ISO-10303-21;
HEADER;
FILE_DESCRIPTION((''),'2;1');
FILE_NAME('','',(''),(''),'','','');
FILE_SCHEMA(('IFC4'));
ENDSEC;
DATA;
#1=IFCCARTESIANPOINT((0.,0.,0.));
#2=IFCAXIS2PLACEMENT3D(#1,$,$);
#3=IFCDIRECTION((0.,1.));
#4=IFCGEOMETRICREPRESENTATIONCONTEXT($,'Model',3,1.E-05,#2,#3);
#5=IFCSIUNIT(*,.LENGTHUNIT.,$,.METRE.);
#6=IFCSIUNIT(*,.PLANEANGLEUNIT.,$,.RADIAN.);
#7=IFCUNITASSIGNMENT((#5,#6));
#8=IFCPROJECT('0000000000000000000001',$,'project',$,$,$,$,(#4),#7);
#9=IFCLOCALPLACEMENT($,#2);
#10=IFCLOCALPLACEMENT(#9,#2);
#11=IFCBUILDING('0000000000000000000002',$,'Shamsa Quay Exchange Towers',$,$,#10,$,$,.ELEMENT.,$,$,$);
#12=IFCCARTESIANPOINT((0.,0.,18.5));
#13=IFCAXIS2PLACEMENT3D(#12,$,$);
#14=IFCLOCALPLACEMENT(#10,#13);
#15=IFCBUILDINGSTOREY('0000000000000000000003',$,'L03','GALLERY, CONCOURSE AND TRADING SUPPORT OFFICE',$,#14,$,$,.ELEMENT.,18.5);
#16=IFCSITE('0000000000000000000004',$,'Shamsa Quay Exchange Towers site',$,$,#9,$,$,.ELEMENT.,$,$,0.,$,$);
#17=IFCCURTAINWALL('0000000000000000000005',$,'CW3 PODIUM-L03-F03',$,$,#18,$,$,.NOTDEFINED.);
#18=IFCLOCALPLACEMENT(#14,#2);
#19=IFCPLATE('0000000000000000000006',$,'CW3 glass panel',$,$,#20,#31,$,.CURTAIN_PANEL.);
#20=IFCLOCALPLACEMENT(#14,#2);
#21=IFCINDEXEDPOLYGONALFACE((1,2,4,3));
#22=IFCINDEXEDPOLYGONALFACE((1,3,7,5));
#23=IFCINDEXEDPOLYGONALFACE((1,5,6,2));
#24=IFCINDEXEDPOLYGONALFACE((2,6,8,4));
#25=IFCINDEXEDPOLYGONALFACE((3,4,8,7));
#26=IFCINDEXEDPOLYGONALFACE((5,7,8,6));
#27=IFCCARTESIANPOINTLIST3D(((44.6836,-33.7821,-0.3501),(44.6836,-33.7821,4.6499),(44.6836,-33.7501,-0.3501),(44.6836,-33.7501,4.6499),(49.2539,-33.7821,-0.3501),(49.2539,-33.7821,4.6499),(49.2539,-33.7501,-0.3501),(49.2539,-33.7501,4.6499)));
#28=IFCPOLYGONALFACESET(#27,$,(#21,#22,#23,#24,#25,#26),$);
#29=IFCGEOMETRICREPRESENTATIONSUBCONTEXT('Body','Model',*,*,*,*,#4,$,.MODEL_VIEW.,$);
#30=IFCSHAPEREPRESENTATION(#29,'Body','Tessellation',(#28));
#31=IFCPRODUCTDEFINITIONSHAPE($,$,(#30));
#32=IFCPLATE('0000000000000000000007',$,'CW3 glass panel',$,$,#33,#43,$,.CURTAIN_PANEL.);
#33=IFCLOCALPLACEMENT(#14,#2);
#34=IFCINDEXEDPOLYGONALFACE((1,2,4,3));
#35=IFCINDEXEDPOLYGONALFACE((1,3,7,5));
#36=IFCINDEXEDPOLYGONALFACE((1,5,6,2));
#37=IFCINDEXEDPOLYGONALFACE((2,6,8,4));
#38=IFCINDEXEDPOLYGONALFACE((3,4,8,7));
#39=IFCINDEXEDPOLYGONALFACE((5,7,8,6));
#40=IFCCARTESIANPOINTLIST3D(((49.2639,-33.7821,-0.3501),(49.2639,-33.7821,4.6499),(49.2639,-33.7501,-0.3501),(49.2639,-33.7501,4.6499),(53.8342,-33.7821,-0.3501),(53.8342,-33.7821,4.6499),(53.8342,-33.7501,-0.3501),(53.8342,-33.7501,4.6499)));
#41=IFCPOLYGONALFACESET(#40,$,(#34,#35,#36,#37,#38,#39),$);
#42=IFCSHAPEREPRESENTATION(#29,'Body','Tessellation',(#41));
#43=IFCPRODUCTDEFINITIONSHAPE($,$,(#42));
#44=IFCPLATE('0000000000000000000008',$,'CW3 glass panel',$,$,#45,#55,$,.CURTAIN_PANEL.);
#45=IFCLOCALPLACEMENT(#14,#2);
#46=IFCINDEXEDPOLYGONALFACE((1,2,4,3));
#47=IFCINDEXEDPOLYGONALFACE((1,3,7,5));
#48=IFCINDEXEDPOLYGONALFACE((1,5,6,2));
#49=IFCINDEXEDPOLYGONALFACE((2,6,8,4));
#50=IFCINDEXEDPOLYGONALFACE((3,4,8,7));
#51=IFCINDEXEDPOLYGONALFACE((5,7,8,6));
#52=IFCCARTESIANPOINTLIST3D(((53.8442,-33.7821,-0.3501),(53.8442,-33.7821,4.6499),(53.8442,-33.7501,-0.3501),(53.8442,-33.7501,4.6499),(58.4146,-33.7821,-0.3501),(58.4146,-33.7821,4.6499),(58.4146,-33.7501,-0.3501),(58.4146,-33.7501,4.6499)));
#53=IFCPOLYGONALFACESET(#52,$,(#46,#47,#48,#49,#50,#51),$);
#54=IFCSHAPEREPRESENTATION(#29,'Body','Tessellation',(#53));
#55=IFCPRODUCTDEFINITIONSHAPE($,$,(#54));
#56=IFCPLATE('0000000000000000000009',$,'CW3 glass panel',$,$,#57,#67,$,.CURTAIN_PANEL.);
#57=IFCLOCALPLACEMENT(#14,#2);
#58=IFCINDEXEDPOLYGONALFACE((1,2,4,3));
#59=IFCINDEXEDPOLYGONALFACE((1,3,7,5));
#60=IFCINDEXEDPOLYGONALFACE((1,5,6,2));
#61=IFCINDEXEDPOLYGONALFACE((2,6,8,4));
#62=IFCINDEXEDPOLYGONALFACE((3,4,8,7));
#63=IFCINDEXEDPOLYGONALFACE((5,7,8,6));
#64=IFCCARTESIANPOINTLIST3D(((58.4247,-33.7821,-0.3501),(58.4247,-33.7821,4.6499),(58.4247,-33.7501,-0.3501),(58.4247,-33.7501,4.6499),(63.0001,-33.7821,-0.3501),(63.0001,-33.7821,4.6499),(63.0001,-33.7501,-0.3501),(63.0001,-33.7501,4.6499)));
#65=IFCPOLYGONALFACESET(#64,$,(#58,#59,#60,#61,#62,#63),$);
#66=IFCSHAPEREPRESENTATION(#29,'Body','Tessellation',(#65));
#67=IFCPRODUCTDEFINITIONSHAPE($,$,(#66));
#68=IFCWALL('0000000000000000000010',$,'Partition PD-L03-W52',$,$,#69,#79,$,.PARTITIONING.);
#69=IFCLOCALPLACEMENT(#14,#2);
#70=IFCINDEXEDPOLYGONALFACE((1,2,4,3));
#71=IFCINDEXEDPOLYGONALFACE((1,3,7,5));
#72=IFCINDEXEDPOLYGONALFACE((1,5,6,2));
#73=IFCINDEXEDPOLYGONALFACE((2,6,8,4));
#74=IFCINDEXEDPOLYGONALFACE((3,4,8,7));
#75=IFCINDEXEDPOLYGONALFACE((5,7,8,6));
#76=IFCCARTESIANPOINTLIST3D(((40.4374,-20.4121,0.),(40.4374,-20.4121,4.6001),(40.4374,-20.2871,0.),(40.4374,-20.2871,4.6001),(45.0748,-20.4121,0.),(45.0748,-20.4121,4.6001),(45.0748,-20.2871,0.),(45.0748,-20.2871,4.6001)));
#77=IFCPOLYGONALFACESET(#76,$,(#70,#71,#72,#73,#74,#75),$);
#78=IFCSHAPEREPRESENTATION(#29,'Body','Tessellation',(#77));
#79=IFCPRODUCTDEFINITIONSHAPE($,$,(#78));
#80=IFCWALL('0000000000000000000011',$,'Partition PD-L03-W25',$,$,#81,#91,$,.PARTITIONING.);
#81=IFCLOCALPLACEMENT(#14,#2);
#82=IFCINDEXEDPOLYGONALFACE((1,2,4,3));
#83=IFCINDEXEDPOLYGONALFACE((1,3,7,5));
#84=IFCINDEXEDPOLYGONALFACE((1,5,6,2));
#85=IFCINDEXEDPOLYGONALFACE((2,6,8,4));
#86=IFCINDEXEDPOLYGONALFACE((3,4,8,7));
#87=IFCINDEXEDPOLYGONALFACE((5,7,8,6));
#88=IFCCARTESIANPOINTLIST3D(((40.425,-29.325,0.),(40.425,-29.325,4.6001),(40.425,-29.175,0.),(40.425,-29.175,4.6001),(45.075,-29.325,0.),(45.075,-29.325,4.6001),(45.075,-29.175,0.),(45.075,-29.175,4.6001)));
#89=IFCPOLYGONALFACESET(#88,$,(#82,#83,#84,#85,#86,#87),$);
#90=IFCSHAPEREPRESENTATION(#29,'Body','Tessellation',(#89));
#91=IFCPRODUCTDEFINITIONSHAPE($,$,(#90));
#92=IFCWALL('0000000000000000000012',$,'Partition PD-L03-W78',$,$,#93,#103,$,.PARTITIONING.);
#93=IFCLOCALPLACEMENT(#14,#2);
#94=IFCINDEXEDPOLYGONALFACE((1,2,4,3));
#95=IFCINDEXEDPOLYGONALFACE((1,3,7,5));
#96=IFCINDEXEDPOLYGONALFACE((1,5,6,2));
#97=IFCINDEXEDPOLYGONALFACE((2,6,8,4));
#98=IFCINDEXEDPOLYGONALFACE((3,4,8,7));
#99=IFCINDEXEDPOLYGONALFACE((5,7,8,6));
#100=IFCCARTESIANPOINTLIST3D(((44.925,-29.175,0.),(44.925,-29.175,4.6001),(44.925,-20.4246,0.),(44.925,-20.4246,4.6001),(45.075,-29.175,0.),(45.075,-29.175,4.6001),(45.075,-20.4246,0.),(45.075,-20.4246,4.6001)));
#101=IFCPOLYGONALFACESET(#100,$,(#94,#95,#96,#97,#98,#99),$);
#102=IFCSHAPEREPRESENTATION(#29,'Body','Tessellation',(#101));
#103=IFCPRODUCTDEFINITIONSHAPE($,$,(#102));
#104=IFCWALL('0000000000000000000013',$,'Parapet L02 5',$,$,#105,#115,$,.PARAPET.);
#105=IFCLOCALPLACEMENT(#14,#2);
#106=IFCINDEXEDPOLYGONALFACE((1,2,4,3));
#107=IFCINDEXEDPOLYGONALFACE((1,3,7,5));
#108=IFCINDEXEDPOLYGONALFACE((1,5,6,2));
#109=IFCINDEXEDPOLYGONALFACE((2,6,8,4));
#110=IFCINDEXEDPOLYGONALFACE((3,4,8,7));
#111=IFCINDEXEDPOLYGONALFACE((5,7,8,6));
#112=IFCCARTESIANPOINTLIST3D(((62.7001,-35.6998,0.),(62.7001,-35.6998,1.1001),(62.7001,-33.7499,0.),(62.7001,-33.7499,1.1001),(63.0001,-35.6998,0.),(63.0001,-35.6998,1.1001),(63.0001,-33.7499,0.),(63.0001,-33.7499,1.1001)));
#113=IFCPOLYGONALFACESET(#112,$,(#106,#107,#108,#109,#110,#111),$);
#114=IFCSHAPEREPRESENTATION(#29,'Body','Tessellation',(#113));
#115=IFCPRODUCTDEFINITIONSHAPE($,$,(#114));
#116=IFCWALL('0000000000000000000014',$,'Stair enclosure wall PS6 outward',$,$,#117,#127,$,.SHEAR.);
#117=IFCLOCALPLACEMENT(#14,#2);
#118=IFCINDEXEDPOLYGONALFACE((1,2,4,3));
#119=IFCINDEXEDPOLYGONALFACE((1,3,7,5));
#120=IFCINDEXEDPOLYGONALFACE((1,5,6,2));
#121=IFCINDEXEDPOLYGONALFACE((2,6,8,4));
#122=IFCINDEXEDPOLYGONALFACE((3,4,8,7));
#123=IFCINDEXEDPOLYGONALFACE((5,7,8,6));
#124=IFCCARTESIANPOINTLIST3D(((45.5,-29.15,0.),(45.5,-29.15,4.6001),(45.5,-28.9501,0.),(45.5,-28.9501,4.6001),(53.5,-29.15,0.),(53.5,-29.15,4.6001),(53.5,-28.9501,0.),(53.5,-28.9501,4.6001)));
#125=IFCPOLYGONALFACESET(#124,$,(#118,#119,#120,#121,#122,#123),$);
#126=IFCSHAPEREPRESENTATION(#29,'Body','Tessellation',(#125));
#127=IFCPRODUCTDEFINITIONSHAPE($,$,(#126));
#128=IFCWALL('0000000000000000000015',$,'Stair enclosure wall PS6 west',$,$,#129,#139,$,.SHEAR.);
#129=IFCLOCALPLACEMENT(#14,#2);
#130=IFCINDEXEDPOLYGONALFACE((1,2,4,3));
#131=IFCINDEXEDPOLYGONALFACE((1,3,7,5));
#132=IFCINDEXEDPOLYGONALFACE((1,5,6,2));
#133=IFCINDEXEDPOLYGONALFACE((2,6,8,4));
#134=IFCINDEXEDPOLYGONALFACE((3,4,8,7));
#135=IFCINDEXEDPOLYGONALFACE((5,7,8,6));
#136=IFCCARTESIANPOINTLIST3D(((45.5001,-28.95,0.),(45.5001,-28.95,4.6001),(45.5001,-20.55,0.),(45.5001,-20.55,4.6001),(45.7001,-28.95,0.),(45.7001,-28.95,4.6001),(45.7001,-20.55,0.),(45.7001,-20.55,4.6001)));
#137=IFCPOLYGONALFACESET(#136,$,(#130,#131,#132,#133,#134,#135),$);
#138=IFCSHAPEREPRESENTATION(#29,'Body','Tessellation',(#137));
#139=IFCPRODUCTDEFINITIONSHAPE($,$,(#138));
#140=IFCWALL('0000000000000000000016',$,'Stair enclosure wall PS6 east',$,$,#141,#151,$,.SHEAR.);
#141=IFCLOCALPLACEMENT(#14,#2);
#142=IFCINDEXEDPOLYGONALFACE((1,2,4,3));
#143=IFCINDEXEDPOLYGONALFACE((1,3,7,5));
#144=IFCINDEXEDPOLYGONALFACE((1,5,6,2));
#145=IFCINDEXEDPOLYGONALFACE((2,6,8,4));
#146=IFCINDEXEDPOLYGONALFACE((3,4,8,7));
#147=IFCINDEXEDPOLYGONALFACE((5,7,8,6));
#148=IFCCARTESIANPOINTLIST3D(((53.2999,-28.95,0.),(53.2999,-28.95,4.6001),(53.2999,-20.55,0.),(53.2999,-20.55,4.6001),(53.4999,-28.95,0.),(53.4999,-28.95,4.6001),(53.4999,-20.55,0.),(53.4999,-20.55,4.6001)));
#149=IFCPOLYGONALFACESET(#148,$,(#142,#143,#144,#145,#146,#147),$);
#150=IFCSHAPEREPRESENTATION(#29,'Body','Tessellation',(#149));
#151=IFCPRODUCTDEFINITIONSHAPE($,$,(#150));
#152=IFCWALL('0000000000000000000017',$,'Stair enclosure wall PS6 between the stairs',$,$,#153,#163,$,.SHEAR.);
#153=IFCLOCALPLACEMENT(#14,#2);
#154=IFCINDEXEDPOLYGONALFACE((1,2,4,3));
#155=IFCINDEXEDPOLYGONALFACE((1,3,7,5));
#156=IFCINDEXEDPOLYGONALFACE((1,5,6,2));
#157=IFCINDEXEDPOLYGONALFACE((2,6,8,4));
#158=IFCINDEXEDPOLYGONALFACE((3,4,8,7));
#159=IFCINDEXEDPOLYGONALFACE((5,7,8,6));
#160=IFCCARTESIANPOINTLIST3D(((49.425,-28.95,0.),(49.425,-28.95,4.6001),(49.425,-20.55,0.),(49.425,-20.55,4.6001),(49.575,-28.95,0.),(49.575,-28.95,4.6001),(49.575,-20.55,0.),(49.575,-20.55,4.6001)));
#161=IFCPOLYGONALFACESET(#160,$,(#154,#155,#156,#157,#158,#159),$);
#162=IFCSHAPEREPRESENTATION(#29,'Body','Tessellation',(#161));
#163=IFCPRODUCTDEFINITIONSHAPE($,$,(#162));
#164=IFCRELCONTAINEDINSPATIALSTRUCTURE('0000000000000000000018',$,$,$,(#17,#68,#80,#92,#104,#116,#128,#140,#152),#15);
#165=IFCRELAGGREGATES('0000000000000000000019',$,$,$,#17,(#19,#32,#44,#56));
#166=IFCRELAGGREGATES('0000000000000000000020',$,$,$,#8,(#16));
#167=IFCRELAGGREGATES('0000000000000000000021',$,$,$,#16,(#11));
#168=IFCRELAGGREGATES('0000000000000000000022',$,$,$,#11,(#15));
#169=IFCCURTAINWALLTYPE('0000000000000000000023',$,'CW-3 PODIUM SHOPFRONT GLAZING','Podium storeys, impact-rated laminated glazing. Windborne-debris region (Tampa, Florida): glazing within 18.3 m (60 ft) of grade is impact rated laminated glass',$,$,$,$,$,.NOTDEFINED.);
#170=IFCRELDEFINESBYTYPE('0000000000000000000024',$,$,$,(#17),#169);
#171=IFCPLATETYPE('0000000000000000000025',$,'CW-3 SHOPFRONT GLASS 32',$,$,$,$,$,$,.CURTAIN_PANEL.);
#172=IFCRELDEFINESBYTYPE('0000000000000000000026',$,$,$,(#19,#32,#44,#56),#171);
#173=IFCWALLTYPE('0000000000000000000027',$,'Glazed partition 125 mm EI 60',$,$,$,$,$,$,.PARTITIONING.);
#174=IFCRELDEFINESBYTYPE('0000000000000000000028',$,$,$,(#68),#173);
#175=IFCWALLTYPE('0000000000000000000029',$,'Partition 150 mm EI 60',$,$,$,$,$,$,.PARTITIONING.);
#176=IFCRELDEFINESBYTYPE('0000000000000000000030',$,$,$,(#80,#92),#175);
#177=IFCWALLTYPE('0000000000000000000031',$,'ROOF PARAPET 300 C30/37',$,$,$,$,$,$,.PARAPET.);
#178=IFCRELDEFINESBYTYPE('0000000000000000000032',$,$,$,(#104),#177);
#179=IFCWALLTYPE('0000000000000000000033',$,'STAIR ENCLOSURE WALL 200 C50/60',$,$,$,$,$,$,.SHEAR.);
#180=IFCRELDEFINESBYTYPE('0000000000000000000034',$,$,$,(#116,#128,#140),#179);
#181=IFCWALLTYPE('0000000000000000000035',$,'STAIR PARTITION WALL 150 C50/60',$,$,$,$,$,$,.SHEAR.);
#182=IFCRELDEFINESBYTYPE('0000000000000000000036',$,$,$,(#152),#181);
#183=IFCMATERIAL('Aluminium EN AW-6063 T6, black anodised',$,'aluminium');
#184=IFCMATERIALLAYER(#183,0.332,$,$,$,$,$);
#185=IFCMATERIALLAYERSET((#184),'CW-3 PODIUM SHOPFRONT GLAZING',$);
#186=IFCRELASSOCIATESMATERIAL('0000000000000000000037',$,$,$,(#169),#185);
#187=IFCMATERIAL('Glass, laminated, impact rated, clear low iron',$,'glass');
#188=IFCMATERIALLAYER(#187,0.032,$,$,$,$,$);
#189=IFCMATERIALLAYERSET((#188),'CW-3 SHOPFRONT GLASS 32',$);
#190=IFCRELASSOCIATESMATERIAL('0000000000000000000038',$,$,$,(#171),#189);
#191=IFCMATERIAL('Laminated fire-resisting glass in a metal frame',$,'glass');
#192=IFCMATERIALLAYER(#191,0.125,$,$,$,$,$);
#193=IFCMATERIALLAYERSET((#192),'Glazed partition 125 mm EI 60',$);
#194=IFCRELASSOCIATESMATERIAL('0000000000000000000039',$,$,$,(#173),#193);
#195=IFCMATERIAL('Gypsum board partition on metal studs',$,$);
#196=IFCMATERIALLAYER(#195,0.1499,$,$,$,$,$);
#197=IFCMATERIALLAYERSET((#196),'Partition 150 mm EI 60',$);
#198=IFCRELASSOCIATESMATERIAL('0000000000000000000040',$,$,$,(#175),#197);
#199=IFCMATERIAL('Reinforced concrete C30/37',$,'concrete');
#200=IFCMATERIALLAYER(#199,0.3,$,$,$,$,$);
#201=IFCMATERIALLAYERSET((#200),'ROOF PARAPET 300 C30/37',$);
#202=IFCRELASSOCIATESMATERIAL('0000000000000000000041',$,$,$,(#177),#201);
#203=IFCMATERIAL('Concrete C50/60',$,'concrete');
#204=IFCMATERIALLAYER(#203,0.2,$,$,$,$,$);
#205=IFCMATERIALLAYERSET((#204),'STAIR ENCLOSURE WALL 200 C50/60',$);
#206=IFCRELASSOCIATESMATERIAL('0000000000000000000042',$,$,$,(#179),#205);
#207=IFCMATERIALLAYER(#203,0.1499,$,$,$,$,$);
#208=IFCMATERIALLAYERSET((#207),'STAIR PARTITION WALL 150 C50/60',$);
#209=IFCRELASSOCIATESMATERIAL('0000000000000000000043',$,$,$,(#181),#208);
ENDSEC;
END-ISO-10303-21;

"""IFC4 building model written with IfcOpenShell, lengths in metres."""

from ifc_helpers import new_model, si_unit, direction, frame, frame_2d, origin, origin_2d, place, context, subcontext, project, spatial, rectangle, extrude, material, layer, layer_set, type_object, element, aggregate, save


model = new_model("IFC4")

# Units and contexts
model_context = context("Model", 3, precision=1e-05, world=origin(), true_north=direction((0.0, 1.0)))
body_context = subcontext(model_context, "Body", "Model", "MODEL_VIEW")
ifc_project = project(units=[si_unit("LENGTHUNIT", "METRE"), si_unit("PLANEANGLEUNIT", "RADIAN")], contexts=[model_context])

# Site, building, storey
site_placement = place(None, origin())
site = spatial("IfcSite", under=ifc_project, at=site_placement, Name="Shamsa Quay Exchange Towers site", CompositionType="ELEMENT", RefElevation=0.0)
building_placement = place(site_placement, origin())
building = spatial("IfcBuilding", under=site, at=building_placement, Name="Shamsa Quay Exchange Towers", CompositionType="ELEMENT")
storey_placement = place(building_placement, frame((0.0, 0.0, 18.5)))
storey = spatial("IfcBuildingStorey", under=building, at=storey_placement, Name="L03", Description="GALLERY, CONCOURSE AND TRADING SUPPORT OFFICE", CompositionType="ELEMENT", Elevation=18.5)

# Shared definitions
ifc_material_1 = material(Name="Aluminium EN AW-6063 T6, black anodised", Category="aluminium")
ifc_layer_1 = layer(ifc_material_1, 0.332)
ifc_layer_set_1 = layer_set([ifc_layer_1], Name="CW-3 PODIUM SHOPFRONT GLAZING")
curtain_wall_type = type_object("IfcCurtainWallType", Name="CW-3 PODIUM SHOPFRONT GLAZING", Description="Podium storeys, impact-rated laminated glazing. Windborne-debris region (Tampa, Florida): glazing within 18.3 m (60 ft) of grade is impact rated laminated glass", PredefinedType="NOTDEFINED", material=ifc_layer_set_1)

# Curtain wall
curtain_wall_1_placement = place(storey_placement, origin())
curtain_wall_1 = element("IfcCurtainWall", 1, at=curtain_wall_1_placement, inside=storey, type_object=curtain_wall_type, Name="CW3 PODIUM-L03-F03", PredefinedType="NOTDEFINED")

# Plates
ifc_material_2 = material(Name="Glass, laminated, impact rated, clear low iron", Category="glass")
ifc_layer_2 = layer(ifc_material_2, 0.032)
ifc_layer_set_2 = layer_set([ifc_layer_2], Name="CW-3 SHOPFRONT GLASS 32")
plate_type = type_object("IfcPlateType", Name="CW-3 SHOPFRONT GLASS 32", PredefinedType="CURTAIN_PANEL", material=ifc_layer_set_2)
plate_1_placement = place(storey_placement, frame((46.9688, -33.7661, -0.3501)))
plate_1 = element("IfcPlate", 2, at=plate_1_placement, type_object=plate_type, Name="CW3 glass panel", PredefinedType="CURTAIN_PANEL", context=body_context, shape_type="SweptSolid", body=[
    extrude(rectangle(XDim=4.5703, YDim=0.032, at=origin_2d()), origin(), (0.0, 0.0, 1.0), 5.0),
])
plate_2_placement = place(storey_placement, frame((51.5491, -33.7661, -0.3501)))
plate_2 = element("IfcPlate", 3, at=plate_2_placement, type_object=plate_type, Name="CW3 glass panel", PredefinedType="CURTAIN_PANEL", context=body_context, shape_type="SweptSolid", body=[
    extrude(rectangle(XDim=4.5703, YDim=0.032, at=origin_2d()), origin(), (0.0, 0.0, 1.0), 5.0),
])
plate_3_placement = place(storey_placement, frame((56.1294, -33.7661, -0.3501)))
plate_3 = element("IfcPlate", 4, at=plate_3_placement, type_object=plate_type, Name="CW3 glass panel", PredefinedType="CURTAIN_PANEL", context=body_context, shape_type="SweptSolid", body=[
    extrude(rectangle(XDim=4.5703, YDim=0.032, at=origin_2d()), origin(), (0.0, 0.0, 1.0), 5.0),
])
plate_4_placement = place(storey_placement, frame((60.7124, -33.7661, -0.3501)))
plate_4 = element("IfcPlate", 5, at=plate_4_placement, type_object=plate_type, Name="CW3 glass panel", PredefinedType="CURTAIN_PANEL", context=body_context, shape_type="SweptSolid", body=[
    extrude(rectangle(XDim=4.5754, YDim=0.032, at=origin_2d()), origin(), (0.0, 0.0, 1.0), 5.0),
])
aggregate(curtain_wall_1, [plate_1, plate_2, plate_3, plate_4])

# Walls
ifc_material_3 = material(Name="Laminated fire-resisting glass in a metal frame", Category="glass")
ifc_layer_3 = layer(ifc_material_3, 0.125)
ifc_layer_set_3 = layer_set([ifc_layer_3], Name="Glazed partition 125 mm EI 60")
wall_type_1 = type_object("IfcWallType", Name="Glazed partition 125 mm EI 60", PredefinedType="PARTITIONING", material=ifc_layer_set_3)
wall_1_placement = place(storey_placement, frame((45.075, -20.3496, 0.0), z_axis=(0.0, 0.0, 1.0), x_axis=(-1.0, 0.0, 0.0)))
element("IfcWall", 6, at=wall_1_placement, inside=storey, type_object=wall_type_1, Name="Partition PD-L03-W52", PredefinedType="PARTITIONING", context=body_context, shape_type="SweptSolid", body=[
    extrude(rectangle(XDim=4.6375, YDim=0.125, at=frame_2d((2.3188, 0.0))), origin(), (0.0, 0.0, 1.0), 4.6001),
])
ifc_material_4 = material(Name="Gypsum board partition on metal studs")
ifc_layer_4 = layer(ifc_material_4, 0.1499)
ifc_layer_set_4 = layer_set([ifc_layer_4], Name="Partition 150 mm EI 60")
wall_type_2 = type_object("IfcWallType", Name="Partition 150 mm EI 60", PredefinedType="PARTITIONING", material=ifc_layer_set_4)
wall_2_placement = place(storey_placement, frame((45.075, -29.25, 0.0), z_axis=(0.0, 0.0, 1.0), x_axis=(-1.0, 0.0, 0.0)))
element("IfcWall", 7, at=wall_2_placement, inside=storey, type_object=wall_type_2, Name="Partition PD-L03-W25", PredefinedType="PARTITIONING", context=body_context, shape_type="SweptSolid", body=[
    extrude(rectangle(XDim=4.6499, YDim=0.1499, at=frame_2d((2.325, 0.0))), origin(), (0.0, 0.0, 1.0), 4.6001),
])
wall_3_placement = place(storey_placement, frame((45.0, -20.4246, 0.0), z_axis=(0.0, 0.0, 1.0), x_axis=(0.0, -1.0, 0.0)))
element("IfcWall", 8, at=wall_3_placement, inside=storey, type_object=wall_type_2, Name="Partition PD-L03-W78", PredefinedType="PARTITIONING", context=body_context, shape_type="SweptSolid", body=[
    extrude(rectangle(XDim=8.7505, YDim=0.1499, at=frame_2d((4.3752, 0.0))), origin(), (0.0, 0.0, 1.0), 4.6001),
])
ifc_material_5 = material(Name="Reinforced concrete C30/37", Category="concrete")
ifc_layer_5 = layer(ifc_material_5, 0.3)
ifc_layer_set_5 = layer_set([ifc_layer_5], Name="ROOF PARAPET 300 C30/37")
wall_type_3 = type_object("IfcWallType", Name="ROOF PARAPET 300 C30/37", PredefinedType="PARAPET", material=ifc_layer_set_5)
wall_4_placement = place(storey_placement, frame((62.8501, -35.7, 0.0), z_axis=(0.0, 0.0, 1.0), x_axis=(0.0, 1.0, 0.0)))
element("IfcWall", 9, at=wall_4_placement, inside=storey, type_object=wall_type_3, Name="Parapet L02 5", PredefinedType="PARAPET", context=body_context, shape_type="SweptSolid", body=[
    extrude(rectangle(XDim=1.95, YDim=0.3, at=frame_2d((0.9751, 0.0))), origin(), (0.0, 0.0, 1.0), 1.1001),
])

# Shared definitions
ifc_material_6 = material(Name="Concrete C50/60", Category="concrete")
ifc_layer_6 = layer(ifc_material_6, 0.2)
ifc_layer_set_6 = layer_set([ifc_layer_6], Name="STAIR ENCLOSURE WALL 200 C50/60")
wall_type_4 = type_object("IfcWallType", Name="STAIR ENCLOSURE WALL 200 C50/60", PredefinedType="SHEAR", material=ifc_layer_set_6)

# Walls
wall_5_placement = place(storey_placement, frame((45.5, -29.05, 0.0)))
element("IfcWall", 10, at=wall_5_placement, inside=storey, type_object=wall_type_4, Name="Stair enclosure wall PS6 outward", PredefinedType="SHEAR", context=body_context, shape_type="SweptSolid", body=[
    extrude(rectangle(XDim=8.0, YDim=0.2, at=frame_2d((4.0, 0.0))), origin(), (0.0, 0.0, 1.0), 4.6001),
])
for number, where, z_axis, x_axis, name in (
    (11, (45.6001, -28.95, 0.0), (0.0, 0.0, 1.0), (0.0, 1.0, 0.0), "Stair enclosure wall PS6 west"),
    (12, (53.3999, -28.95, 0.0), (0.0, 0.0, 1.0), (0.0, 1.0, 0.0), "Stair enclosure wall PS6 east"),
):
    element("IfcWall", number, at=place(storey_placement, frame(where, z_axis=z_axis, x_axis=x_axis)), inside=storey, type_object=wall_type_4, Name=name, PredefinedType="SHEAR", context=body_context, shape_type="SweptSolid", body=[
        extrude(rectangle(XDim=8.3999, YDim=0.2, at=frame_2d((4.2, 0.0))), origin(), (0.0, 0.0, 1.0), 4.6001),
    ])
ifc_layer_7 = layer(ifc_material_6, 0.1499)
ifc_layer_set_7 = layer_set([ifc_layer_7], Name="STAIR PARTITION WALL 150 C50/60")
wall_type_5 = type_object("IfcWallType", Name="STAIR PARTITION WALL 150 C50/60", PredefinedType="SHEAR", material=ifc_layer_set_7)
wall_6_placement = place(storey_placement, frame((49.5, -28.95, 0.0), z_axis=(0.0, 0.0, 1.0), x_axis=(0.0, 1.0, 0.0)))
element("IfcWall", 13, at=wall_6_placement, inside=storey, type_object=wall_type_5, Name="Stair enclosure wall PS6 between the stairs", PredefinedType="SHEAR", context=body_context, shape_type="SweptSolid", body=[
    extrude(rectangle(XDim=8.3999, YDim=0.1499, at=frame_2d((4.2, 0.0))), origin(), (0.0, 0.0, 1.0), 4.6001),
])

save(model, "model.ifc")
